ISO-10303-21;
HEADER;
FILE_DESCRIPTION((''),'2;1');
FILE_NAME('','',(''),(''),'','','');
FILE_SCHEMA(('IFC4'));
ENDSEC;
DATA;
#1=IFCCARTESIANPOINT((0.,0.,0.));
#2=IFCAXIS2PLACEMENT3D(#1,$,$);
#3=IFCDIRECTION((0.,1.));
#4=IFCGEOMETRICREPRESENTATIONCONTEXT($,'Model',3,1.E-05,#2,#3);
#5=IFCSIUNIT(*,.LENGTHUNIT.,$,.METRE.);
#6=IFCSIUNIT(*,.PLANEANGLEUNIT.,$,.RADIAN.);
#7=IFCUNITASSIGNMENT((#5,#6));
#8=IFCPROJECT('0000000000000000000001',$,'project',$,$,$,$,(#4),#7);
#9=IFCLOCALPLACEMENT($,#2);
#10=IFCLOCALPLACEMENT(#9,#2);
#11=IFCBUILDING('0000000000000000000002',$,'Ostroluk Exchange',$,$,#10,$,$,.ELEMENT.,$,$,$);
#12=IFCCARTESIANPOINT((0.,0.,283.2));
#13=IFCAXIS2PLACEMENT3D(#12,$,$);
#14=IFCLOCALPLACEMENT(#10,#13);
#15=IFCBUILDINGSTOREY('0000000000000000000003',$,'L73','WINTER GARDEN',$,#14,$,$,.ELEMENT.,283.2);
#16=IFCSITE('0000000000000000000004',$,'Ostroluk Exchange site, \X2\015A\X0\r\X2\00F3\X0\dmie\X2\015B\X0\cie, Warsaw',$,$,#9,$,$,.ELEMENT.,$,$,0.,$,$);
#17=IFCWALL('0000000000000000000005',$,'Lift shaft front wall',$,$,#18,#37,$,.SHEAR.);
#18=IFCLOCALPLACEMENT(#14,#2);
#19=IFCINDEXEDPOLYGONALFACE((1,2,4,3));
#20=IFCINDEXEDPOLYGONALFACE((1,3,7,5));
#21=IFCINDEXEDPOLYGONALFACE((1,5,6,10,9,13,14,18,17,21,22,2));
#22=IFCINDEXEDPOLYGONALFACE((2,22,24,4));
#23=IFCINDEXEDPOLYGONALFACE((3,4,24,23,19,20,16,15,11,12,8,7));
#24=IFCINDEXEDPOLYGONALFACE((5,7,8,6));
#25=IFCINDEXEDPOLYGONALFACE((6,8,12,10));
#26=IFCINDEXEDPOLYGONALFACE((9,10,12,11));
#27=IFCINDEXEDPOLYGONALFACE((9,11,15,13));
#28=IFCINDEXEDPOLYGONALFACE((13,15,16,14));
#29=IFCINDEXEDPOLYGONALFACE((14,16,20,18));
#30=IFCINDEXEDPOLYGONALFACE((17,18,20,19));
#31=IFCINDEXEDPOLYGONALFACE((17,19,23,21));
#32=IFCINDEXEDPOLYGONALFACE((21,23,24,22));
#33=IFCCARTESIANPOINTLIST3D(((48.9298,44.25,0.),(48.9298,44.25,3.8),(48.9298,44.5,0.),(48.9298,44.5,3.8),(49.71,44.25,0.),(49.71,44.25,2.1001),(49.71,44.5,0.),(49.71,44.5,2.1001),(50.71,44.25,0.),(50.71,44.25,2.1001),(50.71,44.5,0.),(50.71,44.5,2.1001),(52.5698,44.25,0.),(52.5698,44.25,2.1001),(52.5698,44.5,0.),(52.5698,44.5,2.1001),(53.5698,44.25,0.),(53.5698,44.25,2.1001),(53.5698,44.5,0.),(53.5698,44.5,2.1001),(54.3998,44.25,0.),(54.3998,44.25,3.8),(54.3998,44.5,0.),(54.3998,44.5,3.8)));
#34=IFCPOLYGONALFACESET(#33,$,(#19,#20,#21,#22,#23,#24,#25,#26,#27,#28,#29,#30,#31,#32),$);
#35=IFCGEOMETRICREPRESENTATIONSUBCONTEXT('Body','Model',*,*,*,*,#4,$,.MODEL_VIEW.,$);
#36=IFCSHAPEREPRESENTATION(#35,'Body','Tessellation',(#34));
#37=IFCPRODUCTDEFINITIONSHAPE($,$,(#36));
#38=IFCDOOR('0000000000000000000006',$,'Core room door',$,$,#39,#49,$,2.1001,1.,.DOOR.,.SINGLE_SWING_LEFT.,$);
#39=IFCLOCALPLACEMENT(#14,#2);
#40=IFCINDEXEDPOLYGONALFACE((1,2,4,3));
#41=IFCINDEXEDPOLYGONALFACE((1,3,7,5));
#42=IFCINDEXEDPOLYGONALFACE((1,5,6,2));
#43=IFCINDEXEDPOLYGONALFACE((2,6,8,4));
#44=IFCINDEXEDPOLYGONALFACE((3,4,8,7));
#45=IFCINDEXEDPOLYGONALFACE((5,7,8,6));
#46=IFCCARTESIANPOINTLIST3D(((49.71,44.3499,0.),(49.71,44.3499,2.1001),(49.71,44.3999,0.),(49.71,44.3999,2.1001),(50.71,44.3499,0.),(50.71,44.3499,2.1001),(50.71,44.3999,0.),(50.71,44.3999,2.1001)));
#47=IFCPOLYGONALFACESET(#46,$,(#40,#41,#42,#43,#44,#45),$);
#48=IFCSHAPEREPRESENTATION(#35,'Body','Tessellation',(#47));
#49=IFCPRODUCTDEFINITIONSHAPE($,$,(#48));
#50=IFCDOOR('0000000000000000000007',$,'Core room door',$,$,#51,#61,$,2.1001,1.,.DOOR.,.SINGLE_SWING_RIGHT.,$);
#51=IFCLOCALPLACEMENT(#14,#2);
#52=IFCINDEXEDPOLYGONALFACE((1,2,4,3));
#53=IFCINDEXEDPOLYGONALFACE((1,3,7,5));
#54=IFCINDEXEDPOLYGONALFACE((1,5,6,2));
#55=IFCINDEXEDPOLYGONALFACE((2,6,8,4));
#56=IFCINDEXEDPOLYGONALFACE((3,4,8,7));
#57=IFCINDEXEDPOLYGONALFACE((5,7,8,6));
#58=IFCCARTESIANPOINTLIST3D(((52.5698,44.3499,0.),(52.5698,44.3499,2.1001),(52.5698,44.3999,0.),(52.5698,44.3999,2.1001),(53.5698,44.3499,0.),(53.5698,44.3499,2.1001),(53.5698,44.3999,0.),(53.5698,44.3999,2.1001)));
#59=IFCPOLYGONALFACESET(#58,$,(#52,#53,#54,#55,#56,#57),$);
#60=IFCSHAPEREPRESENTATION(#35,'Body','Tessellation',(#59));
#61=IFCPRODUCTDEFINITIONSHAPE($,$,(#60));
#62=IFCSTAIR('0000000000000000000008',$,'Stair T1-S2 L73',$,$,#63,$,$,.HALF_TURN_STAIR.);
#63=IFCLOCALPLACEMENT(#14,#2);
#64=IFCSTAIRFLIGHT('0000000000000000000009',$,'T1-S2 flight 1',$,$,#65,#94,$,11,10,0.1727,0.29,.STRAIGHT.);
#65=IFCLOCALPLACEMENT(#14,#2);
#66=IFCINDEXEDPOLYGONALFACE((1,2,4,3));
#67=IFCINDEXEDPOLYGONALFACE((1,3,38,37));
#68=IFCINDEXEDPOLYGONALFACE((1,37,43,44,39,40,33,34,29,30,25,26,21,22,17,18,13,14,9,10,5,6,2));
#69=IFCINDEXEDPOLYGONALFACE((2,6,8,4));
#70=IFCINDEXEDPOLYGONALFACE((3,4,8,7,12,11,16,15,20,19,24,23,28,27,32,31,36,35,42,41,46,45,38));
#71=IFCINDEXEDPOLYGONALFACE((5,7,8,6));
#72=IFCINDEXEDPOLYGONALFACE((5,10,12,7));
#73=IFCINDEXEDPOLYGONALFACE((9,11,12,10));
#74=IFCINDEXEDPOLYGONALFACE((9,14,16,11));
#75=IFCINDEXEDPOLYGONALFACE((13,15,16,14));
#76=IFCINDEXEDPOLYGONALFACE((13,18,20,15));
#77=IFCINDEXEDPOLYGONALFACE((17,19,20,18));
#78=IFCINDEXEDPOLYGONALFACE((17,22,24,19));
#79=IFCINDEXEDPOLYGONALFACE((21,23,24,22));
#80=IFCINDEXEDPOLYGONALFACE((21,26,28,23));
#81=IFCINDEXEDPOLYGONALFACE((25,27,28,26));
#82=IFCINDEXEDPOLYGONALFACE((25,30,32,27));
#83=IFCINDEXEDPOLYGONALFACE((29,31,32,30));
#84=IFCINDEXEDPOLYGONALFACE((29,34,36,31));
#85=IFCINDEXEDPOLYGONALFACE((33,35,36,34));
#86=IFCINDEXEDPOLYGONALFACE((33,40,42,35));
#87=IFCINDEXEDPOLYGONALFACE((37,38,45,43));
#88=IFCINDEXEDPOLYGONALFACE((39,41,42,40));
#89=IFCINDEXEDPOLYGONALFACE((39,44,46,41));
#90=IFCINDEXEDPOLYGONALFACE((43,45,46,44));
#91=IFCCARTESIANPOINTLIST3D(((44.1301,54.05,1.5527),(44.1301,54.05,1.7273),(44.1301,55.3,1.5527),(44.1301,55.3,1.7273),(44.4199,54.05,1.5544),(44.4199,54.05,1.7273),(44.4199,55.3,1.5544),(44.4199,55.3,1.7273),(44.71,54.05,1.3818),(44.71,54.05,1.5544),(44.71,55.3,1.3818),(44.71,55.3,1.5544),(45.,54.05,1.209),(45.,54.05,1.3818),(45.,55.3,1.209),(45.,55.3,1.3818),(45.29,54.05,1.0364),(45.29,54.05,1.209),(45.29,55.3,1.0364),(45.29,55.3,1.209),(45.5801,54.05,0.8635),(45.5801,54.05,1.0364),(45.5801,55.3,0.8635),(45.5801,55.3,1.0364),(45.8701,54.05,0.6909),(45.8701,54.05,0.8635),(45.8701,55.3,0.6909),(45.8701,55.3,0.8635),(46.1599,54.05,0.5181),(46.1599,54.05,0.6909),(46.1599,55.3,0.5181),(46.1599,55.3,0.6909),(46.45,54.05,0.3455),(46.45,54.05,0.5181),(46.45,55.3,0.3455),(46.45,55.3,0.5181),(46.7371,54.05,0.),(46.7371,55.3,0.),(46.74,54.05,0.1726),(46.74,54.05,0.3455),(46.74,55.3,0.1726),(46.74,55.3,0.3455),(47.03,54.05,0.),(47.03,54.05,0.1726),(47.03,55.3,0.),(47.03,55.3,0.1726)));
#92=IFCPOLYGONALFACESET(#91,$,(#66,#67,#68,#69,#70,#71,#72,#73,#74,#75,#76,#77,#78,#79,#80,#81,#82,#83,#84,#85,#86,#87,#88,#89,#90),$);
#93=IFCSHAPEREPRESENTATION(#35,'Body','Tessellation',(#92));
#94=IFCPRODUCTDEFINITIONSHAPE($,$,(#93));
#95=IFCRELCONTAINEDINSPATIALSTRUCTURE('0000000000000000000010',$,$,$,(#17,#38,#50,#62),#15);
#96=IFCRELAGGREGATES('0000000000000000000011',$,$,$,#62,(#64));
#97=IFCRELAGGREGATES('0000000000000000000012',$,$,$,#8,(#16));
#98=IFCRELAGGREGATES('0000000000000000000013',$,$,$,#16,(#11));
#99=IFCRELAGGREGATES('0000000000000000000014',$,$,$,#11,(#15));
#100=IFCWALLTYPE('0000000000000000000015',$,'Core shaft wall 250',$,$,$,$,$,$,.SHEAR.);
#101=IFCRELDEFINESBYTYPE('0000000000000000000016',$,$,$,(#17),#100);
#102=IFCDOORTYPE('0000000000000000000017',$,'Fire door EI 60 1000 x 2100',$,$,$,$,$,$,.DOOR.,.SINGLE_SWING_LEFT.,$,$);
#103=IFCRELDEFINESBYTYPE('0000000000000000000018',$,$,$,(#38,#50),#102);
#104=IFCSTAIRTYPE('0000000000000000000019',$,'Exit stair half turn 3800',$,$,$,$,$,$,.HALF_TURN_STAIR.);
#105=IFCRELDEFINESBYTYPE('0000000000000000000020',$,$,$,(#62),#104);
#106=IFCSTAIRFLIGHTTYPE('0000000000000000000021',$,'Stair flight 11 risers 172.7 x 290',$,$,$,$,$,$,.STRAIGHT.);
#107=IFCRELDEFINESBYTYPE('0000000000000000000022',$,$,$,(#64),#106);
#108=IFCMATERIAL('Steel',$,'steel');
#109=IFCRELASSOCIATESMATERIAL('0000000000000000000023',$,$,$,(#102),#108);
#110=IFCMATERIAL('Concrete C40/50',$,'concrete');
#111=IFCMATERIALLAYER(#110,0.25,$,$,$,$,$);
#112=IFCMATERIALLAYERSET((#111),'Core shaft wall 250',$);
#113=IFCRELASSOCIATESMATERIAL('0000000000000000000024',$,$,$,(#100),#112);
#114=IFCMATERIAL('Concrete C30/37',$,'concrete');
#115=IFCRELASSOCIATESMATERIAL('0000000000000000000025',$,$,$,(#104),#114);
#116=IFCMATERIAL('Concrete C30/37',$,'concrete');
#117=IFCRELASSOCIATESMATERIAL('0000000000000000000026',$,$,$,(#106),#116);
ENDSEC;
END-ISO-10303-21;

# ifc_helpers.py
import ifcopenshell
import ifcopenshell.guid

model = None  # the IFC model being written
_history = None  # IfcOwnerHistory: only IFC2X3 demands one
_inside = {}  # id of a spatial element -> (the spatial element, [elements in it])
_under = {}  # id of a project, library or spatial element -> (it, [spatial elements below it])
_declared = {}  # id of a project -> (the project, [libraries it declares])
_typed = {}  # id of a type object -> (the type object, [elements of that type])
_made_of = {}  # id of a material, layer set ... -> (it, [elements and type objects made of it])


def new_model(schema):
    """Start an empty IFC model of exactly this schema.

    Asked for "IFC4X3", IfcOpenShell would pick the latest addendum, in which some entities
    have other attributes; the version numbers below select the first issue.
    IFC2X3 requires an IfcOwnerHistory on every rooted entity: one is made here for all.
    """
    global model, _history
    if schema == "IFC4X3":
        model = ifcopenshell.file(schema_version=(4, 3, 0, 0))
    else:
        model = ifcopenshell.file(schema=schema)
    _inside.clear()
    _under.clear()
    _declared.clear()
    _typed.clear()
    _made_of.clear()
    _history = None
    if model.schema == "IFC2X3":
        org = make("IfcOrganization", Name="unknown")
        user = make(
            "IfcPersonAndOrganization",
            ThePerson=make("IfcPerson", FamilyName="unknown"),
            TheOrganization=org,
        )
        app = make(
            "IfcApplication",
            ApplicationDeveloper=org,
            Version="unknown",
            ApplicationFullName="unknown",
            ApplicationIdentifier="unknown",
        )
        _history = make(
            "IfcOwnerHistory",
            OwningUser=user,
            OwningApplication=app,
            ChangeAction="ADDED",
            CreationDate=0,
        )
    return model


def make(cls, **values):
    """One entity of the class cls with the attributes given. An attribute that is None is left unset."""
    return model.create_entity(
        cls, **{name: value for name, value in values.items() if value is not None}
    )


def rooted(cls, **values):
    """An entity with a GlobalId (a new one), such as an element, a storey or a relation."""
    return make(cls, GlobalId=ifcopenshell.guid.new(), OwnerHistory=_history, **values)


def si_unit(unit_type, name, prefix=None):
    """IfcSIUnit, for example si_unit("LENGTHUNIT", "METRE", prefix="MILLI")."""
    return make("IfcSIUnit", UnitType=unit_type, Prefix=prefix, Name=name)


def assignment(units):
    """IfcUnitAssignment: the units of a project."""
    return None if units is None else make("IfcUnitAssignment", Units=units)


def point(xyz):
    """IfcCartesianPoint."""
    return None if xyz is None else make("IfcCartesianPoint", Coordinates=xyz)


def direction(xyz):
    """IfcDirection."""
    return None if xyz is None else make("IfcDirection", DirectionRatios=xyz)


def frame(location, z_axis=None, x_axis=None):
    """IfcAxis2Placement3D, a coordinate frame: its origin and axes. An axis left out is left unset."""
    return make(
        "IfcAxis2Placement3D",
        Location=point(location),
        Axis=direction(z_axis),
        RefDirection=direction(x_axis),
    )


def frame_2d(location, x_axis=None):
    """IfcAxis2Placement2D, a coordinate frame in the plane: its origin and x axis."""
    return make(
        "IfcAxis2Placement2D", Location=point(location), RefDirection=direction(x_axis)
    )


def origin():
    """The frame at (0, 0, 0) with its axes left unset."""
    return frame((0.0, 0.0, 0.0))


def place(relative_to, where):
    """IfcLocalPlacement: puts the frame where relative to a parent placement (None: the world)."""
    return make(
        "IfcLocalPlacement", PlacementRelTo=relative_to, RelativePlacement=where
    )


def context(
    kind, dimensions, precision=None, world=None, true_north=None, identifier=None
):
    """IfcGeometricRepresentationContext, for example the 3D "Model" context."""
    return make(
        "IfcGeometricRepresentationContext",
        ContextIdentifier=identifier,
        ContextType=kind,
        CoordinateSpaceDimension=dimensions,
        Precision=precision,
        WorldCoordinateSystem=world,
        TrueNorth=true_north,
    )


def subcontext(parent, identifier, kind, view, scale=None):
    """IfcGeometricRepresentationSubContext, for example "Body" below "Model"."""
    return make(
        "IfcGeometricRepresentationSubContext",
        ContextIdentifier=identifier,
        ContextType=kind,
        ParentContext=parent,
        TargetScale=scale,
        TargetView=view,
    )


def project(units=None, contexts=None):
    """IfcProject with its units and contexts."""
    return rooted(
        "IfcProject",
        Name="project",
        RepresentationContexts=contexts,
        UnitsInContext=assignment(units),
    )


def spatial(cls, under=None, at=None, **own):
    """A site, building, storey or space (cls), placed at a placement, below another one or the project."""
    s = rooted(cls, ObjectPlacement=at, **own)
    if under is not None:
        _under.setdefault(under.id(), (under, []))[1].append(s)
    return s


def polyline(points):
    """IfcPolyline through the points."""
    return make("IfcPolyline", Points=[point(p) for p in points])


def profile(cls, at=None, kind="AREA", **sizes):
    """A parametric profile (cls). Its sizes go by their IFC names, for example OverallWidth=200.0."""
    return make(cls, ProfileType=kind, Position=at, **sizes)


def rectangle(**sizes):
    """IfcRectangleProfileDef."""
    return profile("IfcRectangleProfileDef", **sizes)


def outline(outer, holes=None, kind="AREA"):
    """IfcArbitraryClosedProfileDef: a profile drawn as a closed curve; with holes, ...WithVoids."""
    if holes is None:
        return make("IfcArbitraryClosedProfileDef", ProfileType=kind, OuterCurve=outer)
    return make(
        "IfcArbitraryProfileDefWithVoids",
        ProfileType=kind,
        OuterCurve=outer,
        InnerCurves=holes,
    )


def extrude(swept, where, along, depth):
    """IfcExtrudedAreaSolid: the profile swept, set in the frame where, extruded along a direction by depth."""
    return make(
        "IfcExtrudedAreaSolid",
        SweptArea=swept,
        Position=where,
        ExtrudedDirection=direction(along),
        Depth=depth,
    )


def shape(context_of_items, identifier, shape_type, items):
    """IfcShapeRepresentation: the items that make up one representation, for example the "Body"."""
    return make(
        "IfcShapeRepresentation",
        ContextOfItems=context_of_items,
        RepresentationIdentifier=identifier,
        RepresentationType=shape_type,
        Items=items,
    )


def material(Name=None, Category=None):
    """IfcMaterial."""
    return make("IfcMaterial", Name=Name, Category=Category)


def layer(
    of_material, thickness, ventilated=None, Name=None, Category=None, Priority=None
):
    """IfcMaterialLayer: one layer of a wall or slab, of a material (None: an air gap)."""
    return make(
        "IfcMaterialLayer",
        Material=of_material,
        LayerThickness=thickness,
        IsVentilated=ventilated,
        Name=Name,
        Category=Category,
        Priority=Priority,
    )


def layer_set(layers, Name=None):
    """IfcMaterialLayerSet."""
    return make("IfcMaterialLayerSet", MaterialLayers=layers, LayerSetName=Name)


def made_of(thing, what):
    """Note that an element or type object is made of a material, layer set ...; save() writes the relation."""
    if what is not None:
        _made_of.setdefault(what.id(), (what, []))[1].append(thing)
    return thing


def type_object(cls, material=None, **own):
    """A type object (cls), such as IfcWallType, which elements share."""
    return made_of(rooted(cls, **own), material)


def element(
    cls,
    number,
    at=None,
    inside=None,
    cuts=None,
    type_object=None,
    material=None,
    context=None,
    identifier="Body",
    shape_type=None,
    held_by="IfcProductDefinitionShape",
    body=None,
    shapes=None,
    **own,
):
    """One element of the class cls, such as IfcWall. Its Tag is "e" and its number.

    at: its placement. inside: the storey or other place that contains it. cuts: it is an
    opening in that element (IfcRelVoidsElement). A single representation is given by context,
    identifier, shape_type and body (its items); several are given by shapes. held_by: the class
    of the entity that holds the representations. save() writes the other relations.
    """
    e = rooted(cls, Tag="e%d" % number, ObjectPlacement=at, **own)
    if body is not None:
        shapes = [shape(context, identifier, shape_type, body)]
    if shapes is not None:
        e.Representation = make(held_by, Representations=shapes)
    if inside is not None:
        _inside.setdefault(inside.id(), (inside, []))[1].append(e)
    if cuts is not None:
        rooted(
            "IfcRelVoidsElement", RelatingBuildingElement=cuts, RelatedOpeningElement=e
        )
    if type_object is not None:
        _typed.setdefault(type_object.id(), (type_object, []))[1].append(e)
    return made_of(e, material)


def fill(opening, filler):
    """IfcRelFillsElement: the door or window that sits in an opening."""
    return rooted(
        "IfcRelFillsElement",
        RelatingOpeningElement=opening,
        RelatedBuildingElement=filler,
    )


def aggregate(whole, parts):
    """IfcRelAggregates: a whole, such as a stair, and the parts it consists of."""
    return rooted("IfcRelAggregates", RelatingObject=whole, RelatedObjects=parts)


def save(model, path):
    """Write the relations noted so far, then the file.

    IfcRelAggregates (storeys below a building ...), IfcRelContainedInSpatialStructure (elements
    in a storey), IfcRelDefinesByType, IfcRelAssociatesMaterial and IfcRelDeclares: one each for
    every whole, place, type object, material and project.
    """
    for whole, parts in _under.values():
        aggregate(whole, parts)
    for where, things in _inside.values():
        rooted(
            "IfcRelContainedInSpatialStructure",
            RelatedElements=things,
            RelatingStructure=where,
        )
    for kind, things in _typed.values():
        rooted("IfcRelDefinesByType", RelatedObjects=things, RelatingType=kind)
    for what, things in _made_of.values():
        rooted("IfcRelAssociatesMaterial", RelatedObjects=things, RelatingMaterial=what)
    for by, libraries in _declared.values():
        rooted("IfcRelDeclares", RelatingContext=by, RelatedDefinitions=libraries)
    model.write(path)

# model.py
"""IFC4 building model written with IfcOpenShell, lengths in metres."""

from ifc_helpers import new_model, si_unit, direction, frame, frame_2d, origin, place, context, subcontext, project, spatial, polyline, rectangle, outline, extrude, material, layer, layer_set, type_object, element, fill, aggregate, save


model = new_model("IFC4")

# Units and contexts
model_context = context("Model", 3, precision=1e-05, world=origin(), true_north=direction((0.0, 1.0)))
body_context = subcontext(model_context, "Body", "Model", "MODEL_VIEW")
ifc_project = project(units=[si_unit("LENGTHUNIT", "METRE"), si_unit("PLANEANGLEUNIT", "RADIAN")], contexts=[model_context])

# Site, building, storey
site_placement = place(None, origin())
site = spatial("IfcSite", under=ifc_project, at=site_placement, Name="Ostroluk Exchange site, Śródmieście, Warsaw", CompositionType="ELEMENT", RefElevation=0.0)
building_placement = place(site_placement, origin())
building = spatial("IfcBuilding", under=site, at=building_placement, Name="Ostroluk Exchange", CompositionType="ELEMENT")
storey_placement = place(building_placement, frame((0.0, 0.0, 283.2)))
storey = spatial("IfcBuildingStorey", under=building, at=storey_placement, Name="L73", Description="WINTER GARDEN", CompositionType="ELEMENT", Elevation=283.2)

# Shared definitions
ifc_material_1 = material(Name="Steel", Category="steel")
door_type_1 = type_object("IfcDoorType", Name="Fire door EI 60 1000 x 2100", OperationType="SINGLE_SWING_LEFT", PredefinedType="DOOR", material=ifc_material_1)
ifc_material_2 = material(Name="Concrete C40/50", Category="concrete")
ifc_layer_1 = layer(ifc_material_2, 0.25)
ifc_layer_set_1 = layer_set([ifc_layer_1], Name="Core shaft wall 250")
wall_type_1 = type_object("IfcWallType", Name="Core shaft wall 250", PredefinedType="SHEAR", material=ifc_layer_set_1)

# Wall, openings, doors
wall_1_placement = place(storey_placement, frame((48.9299, 44.375, 0.0), z_axis=(0.0, 0.0, 1.0), x_axis=(1.0, 0.0, 0.0)))
wall_1 = element("IfcWall", 1, at=wall_1_placement, inside=storey, type_object=wall_type_1, Name="Lift shaft front wall", PredefinedType="SHEAR", context=body_context, shape_type="SweptSolid", body=[
    extrude(rectangle(XDim=5.47, YDim=0.25, at=frame_2d((2.7349, 0.0))), origin(), (0.0, 0.0, 1.0), 3.8),
])
opening_1_placement = place(wall_1_placement, frame((0.78, 0.0, 0.0)))
opening_1 = element("IfcOpeningElement", 2, at=opening_1_placement, cuts=wall_1, PredefinedType="OPENING", context=body_context, shape_type="SweptSolid", body=[
    extrude(rectangle(XDim=1.0, YDim=2.1001, at=frame_2d((0.5, 1.05))), frame((0.0, 0.135, 0.0), z_axis=(0.0, -1.0, 0.0), x_axis=(1.0, 0.0, 0.0)), (0.0, 0.0, 1.0), 0.27),
])
opening_2_placement = place(wall_1_placement, frame((3.6399, 0.0, 0.0)))
opening_2 = element("IfcOpeningElement", 3, at=opening_2_placement, cuts=wall_1, PredefinedType="OPENING", context=body_context, shape_type="SweptSolid", body=[
    extrude(rectangle(XDim=1.0, YDim=2.1001, at=frame_2d((0.5, 1.05))), frame((0.0, 0.135, 0.0), z_axis=(0.0, -1.0, 0.0), x_axis=(1.0, 0.0, 0.0)), (0.0, 0.0, 1.0), 0.27),
])
door_1_placement = place(opening_1_placement, origin())
door_1 = element("IfcDoor", 4, at=door_1_placement, inside=storey, type_object=door_type_1, Name="Core room door", OperationType="SINGLE_SWING_LEFT", OverallHeight=2.1001, OverallWidth=1.0, PredefinedType="DOOR", context=body_context, shape_type="SweptSolid", body=[
    extrude(rectangle(XDim=1.0, YDim=2.1001, at=frame_2d((0.5, 1.05))), frame((0.0, 0.0249, 0.0), z_axis=(0.0, -1.0, 0.0), x_axis=(1.0, 0.0, 0.0)), (0.0, 0.0, 1.0), 0.05),
])
fill(opening_1, door_1)
door_2_placement = place(opening_2_placement, origin())
door_2 = element("IfcDoor", 5, at=door_2_placement, inside=storey, type_object=door_type_1, Name="Core room door", OperationType="SINGLE_SWING_RIGHT", OverallHeight=2.1001, OverallWidth=1.0, PredefinedType="DOOR", context=body_context, shape_type="SweptSolid", body=[
    extrude(rectangle(XDim=1.0, YDim=2.1001, at=frame_2d((0.5, 1.05))), frame((0.0, 0.0249, 0.0), z_axis=(0.0, -1.0, 0.0), x_axis=(1.0, 0.0, 0.0)), (0.0, 0.0, 1.0), 0.05),
])
fill(opening_2, door_2)

# Stair, stair flight
ifc_material_3 = material(Name="Concrete C30/37", Category="concrete")
stair_type = type_object("IfcStairType", Name="Exit stair half turn 3800", PredefinedType="HALF_TURN_STAIR", material=ifc_material_3)
stair_placement = place(storey_placement, origin())
stair = element("IfcStair", 6, at=stair_placement, inside=storey, type_object=stair_type, Name="Stair T1-S2 L73", PredefinedType="HALF_TURN_STAIR")
ifc_material_4 = material(Name="Concrete C30/37", Category="concrete")
stair_flight_type = type_object("IfcStairFlightType", Name="Stair flight 11 risers 172.7 x 290", PredefinedType="STRAIGHT", material=ifc_material_4)
stair_flight_placement = place(storey_placement, frame((47.03, 54.675, 0.0), z_axis=(0.0, 0.0, 1.0), x_axis=(-1.0, 0.0, 0.0)))
stair_flight = element("IfcStairFlight", 7, at=stair_flight_placement, type_object=stair_flight_type, Name="T1-S2 flight 1", NumberOfRisers=11, NumberOfTreads=10, PredefinedType="STRAIGHT", RiserHeight=0.1727, TreadLength=0.29, context=body_context, shape_type="SweptSolid", body=[
    extrude(outline(polyline([(0.0, 0.0), (0.0, 0.1726), (0.29, 0.1726), (0.29, 0.3455), (0.5801, 0.3455), (0.5801, 0.5181), (0.8701, 0.5181), (0.8701, 0.6909), (1.1599, 0.6909), (1.1599, 0.8635), (1.45, 0.8635), (1.45, 1.0364), (1.74, 1.0364), (1.74, 1.209), (2.03, 1.209), (2.03, 1.3818), (2.3201, 1.3818), (2.3201, 1.5544), (2.6101, 1.5544), (2.6101, 1.7273), (2.8999, 1.7273), (2.8999, 1.8999), (2.8999, 1.5527), (0.293, 0.0), (0.0, 0.0)])), frame((0.0, 0.625, 0.0), z_axis=(0.0, -1.0, 0.0), x_axis=(1.0, 0.0, 0.0)), (0.0, 0.0, 1.0), 1.25),
])
aggregate(stair, [stair_flight])

save(model, "model.ifc")
